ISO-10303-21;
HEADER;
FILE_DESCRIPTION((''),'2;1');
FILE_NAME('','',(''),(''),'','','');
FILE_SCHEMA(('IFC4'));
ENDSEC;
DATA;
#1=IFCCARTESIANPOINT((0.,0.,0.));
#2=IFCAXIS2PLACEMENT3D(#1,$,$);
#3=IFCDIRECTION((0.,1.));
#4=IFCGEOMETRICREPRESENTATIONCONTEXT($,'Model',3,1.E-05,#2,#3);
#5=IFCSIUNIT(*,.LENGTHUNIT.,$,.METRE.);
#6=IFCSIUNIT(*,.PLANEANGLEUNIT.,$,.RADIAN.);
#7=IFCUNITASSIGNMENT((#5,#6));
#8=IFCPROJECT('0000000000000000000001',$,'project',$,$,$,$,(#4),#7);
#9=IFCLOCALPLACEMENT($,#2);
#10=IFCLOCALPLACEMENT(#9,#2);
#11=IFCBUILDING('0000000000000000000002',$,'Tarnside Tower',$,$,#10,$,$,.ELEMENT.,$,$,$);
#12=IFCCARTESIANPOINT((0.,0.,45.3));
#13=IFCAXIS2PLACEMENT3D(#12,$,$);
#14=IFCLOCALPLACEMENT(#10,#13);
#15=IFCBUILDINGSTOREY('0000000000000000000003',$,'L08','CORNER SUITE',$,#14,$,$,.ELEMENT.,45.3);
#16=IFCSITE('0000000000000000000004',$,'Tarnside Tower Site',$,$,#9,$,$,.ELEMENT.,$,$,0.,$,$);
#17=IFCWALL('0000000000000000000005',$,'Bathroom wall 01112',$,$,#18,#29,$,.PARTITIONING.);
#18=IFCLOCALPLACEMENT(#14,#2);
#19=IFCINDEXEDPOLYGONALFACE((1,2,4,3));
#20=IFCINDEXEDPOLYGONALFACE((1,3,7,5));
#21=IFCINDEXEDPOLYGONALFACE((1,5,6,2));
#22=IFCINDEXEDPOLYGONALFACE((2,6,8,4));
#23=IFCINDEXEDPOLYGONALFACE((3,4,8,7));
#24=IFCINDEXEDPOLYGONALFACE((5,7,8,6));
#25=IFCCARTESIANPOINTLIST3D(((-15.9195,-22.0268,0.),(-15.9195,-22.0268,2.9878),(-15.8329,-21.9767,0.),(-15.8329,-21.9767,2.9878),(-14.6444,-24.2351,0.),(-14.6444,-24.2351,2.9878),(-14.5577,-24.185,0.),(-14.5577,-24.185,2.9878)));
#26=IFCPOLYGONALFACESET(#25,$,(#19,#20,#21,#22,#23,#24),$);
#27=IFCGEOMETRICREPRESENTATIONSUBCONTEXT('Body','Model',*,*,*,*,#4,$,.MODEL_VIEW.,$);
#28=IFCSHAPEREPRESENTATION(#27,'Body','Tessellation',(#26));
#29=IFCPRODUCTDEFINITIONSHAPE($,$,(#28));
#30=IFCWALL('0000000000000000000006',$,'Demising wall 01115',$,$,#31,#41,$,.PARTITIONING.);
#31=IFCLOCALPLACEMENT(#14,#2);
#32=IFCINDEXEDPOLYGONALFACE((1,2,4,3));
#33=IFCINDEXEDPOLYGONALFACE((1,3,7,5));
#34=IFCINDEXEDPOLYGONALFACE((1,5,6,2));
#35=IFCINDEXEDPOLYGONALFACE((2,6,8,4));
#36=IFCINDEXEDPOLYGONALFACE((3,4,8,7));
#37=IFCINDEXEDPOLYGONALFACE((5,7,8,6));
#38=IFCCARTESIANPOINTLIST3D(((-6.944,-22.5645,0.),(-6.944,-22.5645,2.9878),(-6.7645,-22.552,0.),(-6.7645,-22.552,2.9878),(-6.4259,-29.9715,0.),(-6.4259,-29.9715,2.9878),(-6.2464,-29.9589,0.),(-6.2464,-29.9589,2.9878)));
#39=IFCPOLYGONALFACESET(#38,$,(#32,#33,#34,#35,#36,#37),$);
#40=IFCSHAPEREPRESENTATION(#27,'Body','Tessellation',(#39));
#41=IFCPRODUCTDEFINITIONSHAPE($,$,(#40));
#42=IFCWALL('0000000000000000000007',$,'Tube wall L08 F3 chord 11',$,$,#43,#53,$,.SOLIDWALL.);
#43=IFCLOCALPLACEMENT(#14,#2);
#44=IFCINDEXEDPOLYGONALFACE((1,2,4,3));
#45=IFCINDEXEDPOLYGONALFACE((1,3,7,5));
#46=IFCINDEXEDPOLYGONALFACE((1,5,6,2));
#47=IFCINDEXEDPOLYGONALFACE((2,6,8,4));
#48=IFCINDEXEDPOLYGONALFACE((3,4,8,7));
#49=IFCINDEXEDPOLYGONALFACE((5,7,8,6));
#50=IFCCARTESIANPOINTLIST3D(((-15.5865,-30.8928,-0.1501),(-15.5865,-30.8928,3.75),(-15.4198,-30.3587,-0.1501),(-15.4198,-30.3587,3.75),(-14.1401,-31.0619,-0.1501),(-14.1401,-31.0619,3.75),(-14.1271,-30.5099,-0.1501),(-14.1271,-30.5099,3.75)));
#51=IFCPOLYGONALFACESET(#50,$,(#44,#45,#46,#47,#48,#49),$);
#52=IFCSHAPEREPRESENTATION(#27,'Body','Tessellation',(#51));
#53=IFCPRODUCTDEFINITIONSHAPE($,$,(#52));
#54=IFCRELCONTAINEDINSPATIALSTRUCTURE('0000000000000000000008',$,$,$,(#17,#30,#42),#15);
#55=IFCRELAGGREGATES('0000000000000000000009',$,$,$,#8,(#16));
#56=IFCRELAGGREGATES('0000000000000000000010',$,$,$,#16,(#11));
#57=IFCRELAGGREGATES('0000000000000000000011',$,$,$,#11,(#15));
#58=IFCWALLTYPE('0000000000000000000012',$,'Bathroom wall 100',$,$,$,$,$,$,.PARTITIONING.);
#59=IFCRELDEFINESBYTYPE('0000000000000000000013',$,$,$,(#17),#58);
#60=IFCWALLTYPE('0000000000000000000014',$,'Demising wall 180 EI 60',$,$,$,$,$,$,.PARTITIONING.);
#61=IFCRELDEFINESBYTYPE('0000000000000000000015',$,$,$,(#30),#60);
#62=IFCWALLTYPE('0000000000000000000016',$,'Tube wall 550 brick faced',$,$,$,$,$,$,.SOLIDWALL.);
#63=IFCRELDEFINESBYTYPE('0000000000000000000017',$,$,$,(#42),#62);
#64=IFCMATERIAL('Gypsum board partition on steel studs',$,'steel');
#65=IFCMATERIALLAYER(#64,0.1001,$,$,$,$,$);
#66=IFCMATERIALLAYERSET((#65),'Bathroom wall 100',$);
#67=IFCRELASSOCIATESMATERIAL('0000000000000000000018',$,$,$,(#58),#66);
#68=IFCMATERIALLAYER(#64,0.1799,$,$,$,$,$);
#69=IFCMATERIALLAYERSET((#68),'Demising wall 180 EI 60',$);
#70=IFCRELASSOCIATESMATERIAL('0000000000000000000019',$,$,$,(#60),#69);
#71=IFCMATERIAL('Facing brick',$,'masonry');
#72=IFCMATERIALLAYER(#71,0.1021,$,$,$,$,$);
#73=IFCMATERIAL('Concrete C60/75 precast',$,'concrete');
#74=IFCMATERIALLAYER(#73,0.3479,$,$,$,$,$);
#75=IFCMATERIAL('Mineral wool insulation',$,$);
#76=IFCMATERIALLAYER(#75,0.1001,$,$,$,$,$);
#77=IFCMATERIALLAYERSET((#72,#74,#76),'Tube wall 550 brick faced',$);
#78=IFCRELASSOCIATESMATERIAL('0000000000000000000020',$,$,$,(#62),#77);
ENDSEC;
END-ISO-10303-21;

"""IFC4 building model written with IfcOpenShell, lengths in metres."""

from ifc_helpers import new_model, si_unit, direction, frame, frame_2d, origin, place, context, subcontext, project, spatial, polyline, rectangle, outline, extrude, material, layer, layer_set, type_object, element, save


model = new_model("IFC4")

# Units and contexts
model_context = context("Model", 3, precision=1e-05, world=origin(), true_north=direction((0.0, 1.0)))
body_context = subcontext(model_context, "Body", "Model", "MODEL_VIEW")
ifc_project = project(units=[si_unit("LENGTHUNIT", "METRE"), si_unit("PLANEANGLEUNIT", "RADIAN")], contexts=[model_context])

# Site, building, storey
site_placement = place(None, origin())
site = spatial("IfcSite", under=ifc_project, at=site_placement, Name="Tarnside Tower Site", CompositionType="ELEMENT", RefElevation=0.0)
building_placement = place(site_placement, origin())
building = spatial("IfcBuilding", under=site, at=building_placement, Name="Tarnside Tower", CompositionType="ELEMENT")
storey_placement = place(building_placement, frame((0.0, 0.0, 45.3)))
storey = spatial("IfcBuildingStorey", under=building, at=storey_placement, Name="L08", Description="CORNER SUITE", CompositionType="ELEMENT", Elevation=45.3)

# Walls
ifc_material_1 = material(Name="Gypsum board partition on steel studs", Category="steel")
ifc_layer_1 = layer(ifc_material_1, 0.1001)
ifc_layer_set_1 = layer_set([ifc_layer_1], Name="Bathroom wall 100")
wall_type_1 = type_object("IfcWallType", Name="Bathroom wall 100", PredefinedType="PARTITIONING", material=ifc_layer_set_1)
wall_1_placement = place(storey_placement, frame((-14.6011, -24.21, 0.0), z_axis=(0.0, 0.0, 1.0), x_axis=(-0.500062, 0.865989, 0.0)))
element("IfcWall", 1, at=wall_1_placement, inside=storey, type_object=wall_type_1, Name="Bathroom wall 01112", PredefinedType="PARTITIONING", context=body_context, shape_type="SweptSolid", body=[
    extrude(rectangle(XDim=2.55, YDim=0.1001, at=frame_2d((1.2749, 0.0))), origin(), (0.0, 0.0, 1.0), 2.9878),
])
ifc_layer_2 = layer(ifc_material_1, 0.1799)
ifc_layer_set_2 = layer_set([ifc_layer_2], Name="Demising wall 180 EI 60")
wall_type_2 = type_object("IfcWallType", Name="Demising wall 180 EI 60", PredefinedType="PARTITIONING", material=ifc_layer_set_2)
wall_2_placement = place(storey_placement, frame((-6.3362, -29.9651, 0.0), z_axis=(0.0, 0.0, 1.0), x_axis=(-0.069773, 0.997563, 0.0)))
element("IfcWall", 2, at=wall_2_placement, inside=storey, type_object=wall_type_2, Name="Demising wall 01115", PredefinedType="PARTITIONING", context=body_context, shape_type="SweptSolid", body=[
    extrude(rectangle(XDim=7.425, YDim=0.1799, at=frame_2d((3.7124, 0.0))), origin(), (0.0, 0.0, 1.0), 2.9878),
])
ifc_material_2 = material(Name="Facing brick", Category="masonry")
ifc_layer_3 = layer(ifc_material_2, 0.1021)
ifc_material_3 = material(Name="Concrete C60/75 precast", Category="concrete")
ifc_layer_4 = layer(ifc_material_3, 0.3479)
ifc_material_4 = material(Name="Mineral wool insulation")
ifc_layer_5 = layer(ifc_material_4, 0.1001)
ifc_layer_set_3 = layer_set([ifc_layer_3, ifc_layer_4, ifc_layer_5], Name="Tube wall 550 brick faced")
wall_type_3 = type_object("IfcWallType", Name="Tube wall 550 brick faced", PredefinedType="SOLIDWALL", material=ifc_layer_set_3)
wall_3_placement = place(storey_placement, frame((-15.5032, -30.6257, -0.1501), z_axis=(0.0, 0.0, 1.0), x_axis=(0.993233, -0.116143, 0.0)))
element("IfcWall", 3, at=wall_3_placement, inside=storey, type_object=wall_type_3, Name="Tube wall L08 F3 chord 11", PredefinedType="SOLIDWALL", context=body_context, shape_type="SweptSolid", body=[
    extrude(outline(polyline([(-0.0518, -0.2749), (1.4045, -0.2749), (1.3533, 0.2749), (0.0518, 0.2749), (-0.0518, -0.2749)])), origin(), (0.0, 0.0, 1.0), 3.9001),
])

save(model, "model.ifc")
